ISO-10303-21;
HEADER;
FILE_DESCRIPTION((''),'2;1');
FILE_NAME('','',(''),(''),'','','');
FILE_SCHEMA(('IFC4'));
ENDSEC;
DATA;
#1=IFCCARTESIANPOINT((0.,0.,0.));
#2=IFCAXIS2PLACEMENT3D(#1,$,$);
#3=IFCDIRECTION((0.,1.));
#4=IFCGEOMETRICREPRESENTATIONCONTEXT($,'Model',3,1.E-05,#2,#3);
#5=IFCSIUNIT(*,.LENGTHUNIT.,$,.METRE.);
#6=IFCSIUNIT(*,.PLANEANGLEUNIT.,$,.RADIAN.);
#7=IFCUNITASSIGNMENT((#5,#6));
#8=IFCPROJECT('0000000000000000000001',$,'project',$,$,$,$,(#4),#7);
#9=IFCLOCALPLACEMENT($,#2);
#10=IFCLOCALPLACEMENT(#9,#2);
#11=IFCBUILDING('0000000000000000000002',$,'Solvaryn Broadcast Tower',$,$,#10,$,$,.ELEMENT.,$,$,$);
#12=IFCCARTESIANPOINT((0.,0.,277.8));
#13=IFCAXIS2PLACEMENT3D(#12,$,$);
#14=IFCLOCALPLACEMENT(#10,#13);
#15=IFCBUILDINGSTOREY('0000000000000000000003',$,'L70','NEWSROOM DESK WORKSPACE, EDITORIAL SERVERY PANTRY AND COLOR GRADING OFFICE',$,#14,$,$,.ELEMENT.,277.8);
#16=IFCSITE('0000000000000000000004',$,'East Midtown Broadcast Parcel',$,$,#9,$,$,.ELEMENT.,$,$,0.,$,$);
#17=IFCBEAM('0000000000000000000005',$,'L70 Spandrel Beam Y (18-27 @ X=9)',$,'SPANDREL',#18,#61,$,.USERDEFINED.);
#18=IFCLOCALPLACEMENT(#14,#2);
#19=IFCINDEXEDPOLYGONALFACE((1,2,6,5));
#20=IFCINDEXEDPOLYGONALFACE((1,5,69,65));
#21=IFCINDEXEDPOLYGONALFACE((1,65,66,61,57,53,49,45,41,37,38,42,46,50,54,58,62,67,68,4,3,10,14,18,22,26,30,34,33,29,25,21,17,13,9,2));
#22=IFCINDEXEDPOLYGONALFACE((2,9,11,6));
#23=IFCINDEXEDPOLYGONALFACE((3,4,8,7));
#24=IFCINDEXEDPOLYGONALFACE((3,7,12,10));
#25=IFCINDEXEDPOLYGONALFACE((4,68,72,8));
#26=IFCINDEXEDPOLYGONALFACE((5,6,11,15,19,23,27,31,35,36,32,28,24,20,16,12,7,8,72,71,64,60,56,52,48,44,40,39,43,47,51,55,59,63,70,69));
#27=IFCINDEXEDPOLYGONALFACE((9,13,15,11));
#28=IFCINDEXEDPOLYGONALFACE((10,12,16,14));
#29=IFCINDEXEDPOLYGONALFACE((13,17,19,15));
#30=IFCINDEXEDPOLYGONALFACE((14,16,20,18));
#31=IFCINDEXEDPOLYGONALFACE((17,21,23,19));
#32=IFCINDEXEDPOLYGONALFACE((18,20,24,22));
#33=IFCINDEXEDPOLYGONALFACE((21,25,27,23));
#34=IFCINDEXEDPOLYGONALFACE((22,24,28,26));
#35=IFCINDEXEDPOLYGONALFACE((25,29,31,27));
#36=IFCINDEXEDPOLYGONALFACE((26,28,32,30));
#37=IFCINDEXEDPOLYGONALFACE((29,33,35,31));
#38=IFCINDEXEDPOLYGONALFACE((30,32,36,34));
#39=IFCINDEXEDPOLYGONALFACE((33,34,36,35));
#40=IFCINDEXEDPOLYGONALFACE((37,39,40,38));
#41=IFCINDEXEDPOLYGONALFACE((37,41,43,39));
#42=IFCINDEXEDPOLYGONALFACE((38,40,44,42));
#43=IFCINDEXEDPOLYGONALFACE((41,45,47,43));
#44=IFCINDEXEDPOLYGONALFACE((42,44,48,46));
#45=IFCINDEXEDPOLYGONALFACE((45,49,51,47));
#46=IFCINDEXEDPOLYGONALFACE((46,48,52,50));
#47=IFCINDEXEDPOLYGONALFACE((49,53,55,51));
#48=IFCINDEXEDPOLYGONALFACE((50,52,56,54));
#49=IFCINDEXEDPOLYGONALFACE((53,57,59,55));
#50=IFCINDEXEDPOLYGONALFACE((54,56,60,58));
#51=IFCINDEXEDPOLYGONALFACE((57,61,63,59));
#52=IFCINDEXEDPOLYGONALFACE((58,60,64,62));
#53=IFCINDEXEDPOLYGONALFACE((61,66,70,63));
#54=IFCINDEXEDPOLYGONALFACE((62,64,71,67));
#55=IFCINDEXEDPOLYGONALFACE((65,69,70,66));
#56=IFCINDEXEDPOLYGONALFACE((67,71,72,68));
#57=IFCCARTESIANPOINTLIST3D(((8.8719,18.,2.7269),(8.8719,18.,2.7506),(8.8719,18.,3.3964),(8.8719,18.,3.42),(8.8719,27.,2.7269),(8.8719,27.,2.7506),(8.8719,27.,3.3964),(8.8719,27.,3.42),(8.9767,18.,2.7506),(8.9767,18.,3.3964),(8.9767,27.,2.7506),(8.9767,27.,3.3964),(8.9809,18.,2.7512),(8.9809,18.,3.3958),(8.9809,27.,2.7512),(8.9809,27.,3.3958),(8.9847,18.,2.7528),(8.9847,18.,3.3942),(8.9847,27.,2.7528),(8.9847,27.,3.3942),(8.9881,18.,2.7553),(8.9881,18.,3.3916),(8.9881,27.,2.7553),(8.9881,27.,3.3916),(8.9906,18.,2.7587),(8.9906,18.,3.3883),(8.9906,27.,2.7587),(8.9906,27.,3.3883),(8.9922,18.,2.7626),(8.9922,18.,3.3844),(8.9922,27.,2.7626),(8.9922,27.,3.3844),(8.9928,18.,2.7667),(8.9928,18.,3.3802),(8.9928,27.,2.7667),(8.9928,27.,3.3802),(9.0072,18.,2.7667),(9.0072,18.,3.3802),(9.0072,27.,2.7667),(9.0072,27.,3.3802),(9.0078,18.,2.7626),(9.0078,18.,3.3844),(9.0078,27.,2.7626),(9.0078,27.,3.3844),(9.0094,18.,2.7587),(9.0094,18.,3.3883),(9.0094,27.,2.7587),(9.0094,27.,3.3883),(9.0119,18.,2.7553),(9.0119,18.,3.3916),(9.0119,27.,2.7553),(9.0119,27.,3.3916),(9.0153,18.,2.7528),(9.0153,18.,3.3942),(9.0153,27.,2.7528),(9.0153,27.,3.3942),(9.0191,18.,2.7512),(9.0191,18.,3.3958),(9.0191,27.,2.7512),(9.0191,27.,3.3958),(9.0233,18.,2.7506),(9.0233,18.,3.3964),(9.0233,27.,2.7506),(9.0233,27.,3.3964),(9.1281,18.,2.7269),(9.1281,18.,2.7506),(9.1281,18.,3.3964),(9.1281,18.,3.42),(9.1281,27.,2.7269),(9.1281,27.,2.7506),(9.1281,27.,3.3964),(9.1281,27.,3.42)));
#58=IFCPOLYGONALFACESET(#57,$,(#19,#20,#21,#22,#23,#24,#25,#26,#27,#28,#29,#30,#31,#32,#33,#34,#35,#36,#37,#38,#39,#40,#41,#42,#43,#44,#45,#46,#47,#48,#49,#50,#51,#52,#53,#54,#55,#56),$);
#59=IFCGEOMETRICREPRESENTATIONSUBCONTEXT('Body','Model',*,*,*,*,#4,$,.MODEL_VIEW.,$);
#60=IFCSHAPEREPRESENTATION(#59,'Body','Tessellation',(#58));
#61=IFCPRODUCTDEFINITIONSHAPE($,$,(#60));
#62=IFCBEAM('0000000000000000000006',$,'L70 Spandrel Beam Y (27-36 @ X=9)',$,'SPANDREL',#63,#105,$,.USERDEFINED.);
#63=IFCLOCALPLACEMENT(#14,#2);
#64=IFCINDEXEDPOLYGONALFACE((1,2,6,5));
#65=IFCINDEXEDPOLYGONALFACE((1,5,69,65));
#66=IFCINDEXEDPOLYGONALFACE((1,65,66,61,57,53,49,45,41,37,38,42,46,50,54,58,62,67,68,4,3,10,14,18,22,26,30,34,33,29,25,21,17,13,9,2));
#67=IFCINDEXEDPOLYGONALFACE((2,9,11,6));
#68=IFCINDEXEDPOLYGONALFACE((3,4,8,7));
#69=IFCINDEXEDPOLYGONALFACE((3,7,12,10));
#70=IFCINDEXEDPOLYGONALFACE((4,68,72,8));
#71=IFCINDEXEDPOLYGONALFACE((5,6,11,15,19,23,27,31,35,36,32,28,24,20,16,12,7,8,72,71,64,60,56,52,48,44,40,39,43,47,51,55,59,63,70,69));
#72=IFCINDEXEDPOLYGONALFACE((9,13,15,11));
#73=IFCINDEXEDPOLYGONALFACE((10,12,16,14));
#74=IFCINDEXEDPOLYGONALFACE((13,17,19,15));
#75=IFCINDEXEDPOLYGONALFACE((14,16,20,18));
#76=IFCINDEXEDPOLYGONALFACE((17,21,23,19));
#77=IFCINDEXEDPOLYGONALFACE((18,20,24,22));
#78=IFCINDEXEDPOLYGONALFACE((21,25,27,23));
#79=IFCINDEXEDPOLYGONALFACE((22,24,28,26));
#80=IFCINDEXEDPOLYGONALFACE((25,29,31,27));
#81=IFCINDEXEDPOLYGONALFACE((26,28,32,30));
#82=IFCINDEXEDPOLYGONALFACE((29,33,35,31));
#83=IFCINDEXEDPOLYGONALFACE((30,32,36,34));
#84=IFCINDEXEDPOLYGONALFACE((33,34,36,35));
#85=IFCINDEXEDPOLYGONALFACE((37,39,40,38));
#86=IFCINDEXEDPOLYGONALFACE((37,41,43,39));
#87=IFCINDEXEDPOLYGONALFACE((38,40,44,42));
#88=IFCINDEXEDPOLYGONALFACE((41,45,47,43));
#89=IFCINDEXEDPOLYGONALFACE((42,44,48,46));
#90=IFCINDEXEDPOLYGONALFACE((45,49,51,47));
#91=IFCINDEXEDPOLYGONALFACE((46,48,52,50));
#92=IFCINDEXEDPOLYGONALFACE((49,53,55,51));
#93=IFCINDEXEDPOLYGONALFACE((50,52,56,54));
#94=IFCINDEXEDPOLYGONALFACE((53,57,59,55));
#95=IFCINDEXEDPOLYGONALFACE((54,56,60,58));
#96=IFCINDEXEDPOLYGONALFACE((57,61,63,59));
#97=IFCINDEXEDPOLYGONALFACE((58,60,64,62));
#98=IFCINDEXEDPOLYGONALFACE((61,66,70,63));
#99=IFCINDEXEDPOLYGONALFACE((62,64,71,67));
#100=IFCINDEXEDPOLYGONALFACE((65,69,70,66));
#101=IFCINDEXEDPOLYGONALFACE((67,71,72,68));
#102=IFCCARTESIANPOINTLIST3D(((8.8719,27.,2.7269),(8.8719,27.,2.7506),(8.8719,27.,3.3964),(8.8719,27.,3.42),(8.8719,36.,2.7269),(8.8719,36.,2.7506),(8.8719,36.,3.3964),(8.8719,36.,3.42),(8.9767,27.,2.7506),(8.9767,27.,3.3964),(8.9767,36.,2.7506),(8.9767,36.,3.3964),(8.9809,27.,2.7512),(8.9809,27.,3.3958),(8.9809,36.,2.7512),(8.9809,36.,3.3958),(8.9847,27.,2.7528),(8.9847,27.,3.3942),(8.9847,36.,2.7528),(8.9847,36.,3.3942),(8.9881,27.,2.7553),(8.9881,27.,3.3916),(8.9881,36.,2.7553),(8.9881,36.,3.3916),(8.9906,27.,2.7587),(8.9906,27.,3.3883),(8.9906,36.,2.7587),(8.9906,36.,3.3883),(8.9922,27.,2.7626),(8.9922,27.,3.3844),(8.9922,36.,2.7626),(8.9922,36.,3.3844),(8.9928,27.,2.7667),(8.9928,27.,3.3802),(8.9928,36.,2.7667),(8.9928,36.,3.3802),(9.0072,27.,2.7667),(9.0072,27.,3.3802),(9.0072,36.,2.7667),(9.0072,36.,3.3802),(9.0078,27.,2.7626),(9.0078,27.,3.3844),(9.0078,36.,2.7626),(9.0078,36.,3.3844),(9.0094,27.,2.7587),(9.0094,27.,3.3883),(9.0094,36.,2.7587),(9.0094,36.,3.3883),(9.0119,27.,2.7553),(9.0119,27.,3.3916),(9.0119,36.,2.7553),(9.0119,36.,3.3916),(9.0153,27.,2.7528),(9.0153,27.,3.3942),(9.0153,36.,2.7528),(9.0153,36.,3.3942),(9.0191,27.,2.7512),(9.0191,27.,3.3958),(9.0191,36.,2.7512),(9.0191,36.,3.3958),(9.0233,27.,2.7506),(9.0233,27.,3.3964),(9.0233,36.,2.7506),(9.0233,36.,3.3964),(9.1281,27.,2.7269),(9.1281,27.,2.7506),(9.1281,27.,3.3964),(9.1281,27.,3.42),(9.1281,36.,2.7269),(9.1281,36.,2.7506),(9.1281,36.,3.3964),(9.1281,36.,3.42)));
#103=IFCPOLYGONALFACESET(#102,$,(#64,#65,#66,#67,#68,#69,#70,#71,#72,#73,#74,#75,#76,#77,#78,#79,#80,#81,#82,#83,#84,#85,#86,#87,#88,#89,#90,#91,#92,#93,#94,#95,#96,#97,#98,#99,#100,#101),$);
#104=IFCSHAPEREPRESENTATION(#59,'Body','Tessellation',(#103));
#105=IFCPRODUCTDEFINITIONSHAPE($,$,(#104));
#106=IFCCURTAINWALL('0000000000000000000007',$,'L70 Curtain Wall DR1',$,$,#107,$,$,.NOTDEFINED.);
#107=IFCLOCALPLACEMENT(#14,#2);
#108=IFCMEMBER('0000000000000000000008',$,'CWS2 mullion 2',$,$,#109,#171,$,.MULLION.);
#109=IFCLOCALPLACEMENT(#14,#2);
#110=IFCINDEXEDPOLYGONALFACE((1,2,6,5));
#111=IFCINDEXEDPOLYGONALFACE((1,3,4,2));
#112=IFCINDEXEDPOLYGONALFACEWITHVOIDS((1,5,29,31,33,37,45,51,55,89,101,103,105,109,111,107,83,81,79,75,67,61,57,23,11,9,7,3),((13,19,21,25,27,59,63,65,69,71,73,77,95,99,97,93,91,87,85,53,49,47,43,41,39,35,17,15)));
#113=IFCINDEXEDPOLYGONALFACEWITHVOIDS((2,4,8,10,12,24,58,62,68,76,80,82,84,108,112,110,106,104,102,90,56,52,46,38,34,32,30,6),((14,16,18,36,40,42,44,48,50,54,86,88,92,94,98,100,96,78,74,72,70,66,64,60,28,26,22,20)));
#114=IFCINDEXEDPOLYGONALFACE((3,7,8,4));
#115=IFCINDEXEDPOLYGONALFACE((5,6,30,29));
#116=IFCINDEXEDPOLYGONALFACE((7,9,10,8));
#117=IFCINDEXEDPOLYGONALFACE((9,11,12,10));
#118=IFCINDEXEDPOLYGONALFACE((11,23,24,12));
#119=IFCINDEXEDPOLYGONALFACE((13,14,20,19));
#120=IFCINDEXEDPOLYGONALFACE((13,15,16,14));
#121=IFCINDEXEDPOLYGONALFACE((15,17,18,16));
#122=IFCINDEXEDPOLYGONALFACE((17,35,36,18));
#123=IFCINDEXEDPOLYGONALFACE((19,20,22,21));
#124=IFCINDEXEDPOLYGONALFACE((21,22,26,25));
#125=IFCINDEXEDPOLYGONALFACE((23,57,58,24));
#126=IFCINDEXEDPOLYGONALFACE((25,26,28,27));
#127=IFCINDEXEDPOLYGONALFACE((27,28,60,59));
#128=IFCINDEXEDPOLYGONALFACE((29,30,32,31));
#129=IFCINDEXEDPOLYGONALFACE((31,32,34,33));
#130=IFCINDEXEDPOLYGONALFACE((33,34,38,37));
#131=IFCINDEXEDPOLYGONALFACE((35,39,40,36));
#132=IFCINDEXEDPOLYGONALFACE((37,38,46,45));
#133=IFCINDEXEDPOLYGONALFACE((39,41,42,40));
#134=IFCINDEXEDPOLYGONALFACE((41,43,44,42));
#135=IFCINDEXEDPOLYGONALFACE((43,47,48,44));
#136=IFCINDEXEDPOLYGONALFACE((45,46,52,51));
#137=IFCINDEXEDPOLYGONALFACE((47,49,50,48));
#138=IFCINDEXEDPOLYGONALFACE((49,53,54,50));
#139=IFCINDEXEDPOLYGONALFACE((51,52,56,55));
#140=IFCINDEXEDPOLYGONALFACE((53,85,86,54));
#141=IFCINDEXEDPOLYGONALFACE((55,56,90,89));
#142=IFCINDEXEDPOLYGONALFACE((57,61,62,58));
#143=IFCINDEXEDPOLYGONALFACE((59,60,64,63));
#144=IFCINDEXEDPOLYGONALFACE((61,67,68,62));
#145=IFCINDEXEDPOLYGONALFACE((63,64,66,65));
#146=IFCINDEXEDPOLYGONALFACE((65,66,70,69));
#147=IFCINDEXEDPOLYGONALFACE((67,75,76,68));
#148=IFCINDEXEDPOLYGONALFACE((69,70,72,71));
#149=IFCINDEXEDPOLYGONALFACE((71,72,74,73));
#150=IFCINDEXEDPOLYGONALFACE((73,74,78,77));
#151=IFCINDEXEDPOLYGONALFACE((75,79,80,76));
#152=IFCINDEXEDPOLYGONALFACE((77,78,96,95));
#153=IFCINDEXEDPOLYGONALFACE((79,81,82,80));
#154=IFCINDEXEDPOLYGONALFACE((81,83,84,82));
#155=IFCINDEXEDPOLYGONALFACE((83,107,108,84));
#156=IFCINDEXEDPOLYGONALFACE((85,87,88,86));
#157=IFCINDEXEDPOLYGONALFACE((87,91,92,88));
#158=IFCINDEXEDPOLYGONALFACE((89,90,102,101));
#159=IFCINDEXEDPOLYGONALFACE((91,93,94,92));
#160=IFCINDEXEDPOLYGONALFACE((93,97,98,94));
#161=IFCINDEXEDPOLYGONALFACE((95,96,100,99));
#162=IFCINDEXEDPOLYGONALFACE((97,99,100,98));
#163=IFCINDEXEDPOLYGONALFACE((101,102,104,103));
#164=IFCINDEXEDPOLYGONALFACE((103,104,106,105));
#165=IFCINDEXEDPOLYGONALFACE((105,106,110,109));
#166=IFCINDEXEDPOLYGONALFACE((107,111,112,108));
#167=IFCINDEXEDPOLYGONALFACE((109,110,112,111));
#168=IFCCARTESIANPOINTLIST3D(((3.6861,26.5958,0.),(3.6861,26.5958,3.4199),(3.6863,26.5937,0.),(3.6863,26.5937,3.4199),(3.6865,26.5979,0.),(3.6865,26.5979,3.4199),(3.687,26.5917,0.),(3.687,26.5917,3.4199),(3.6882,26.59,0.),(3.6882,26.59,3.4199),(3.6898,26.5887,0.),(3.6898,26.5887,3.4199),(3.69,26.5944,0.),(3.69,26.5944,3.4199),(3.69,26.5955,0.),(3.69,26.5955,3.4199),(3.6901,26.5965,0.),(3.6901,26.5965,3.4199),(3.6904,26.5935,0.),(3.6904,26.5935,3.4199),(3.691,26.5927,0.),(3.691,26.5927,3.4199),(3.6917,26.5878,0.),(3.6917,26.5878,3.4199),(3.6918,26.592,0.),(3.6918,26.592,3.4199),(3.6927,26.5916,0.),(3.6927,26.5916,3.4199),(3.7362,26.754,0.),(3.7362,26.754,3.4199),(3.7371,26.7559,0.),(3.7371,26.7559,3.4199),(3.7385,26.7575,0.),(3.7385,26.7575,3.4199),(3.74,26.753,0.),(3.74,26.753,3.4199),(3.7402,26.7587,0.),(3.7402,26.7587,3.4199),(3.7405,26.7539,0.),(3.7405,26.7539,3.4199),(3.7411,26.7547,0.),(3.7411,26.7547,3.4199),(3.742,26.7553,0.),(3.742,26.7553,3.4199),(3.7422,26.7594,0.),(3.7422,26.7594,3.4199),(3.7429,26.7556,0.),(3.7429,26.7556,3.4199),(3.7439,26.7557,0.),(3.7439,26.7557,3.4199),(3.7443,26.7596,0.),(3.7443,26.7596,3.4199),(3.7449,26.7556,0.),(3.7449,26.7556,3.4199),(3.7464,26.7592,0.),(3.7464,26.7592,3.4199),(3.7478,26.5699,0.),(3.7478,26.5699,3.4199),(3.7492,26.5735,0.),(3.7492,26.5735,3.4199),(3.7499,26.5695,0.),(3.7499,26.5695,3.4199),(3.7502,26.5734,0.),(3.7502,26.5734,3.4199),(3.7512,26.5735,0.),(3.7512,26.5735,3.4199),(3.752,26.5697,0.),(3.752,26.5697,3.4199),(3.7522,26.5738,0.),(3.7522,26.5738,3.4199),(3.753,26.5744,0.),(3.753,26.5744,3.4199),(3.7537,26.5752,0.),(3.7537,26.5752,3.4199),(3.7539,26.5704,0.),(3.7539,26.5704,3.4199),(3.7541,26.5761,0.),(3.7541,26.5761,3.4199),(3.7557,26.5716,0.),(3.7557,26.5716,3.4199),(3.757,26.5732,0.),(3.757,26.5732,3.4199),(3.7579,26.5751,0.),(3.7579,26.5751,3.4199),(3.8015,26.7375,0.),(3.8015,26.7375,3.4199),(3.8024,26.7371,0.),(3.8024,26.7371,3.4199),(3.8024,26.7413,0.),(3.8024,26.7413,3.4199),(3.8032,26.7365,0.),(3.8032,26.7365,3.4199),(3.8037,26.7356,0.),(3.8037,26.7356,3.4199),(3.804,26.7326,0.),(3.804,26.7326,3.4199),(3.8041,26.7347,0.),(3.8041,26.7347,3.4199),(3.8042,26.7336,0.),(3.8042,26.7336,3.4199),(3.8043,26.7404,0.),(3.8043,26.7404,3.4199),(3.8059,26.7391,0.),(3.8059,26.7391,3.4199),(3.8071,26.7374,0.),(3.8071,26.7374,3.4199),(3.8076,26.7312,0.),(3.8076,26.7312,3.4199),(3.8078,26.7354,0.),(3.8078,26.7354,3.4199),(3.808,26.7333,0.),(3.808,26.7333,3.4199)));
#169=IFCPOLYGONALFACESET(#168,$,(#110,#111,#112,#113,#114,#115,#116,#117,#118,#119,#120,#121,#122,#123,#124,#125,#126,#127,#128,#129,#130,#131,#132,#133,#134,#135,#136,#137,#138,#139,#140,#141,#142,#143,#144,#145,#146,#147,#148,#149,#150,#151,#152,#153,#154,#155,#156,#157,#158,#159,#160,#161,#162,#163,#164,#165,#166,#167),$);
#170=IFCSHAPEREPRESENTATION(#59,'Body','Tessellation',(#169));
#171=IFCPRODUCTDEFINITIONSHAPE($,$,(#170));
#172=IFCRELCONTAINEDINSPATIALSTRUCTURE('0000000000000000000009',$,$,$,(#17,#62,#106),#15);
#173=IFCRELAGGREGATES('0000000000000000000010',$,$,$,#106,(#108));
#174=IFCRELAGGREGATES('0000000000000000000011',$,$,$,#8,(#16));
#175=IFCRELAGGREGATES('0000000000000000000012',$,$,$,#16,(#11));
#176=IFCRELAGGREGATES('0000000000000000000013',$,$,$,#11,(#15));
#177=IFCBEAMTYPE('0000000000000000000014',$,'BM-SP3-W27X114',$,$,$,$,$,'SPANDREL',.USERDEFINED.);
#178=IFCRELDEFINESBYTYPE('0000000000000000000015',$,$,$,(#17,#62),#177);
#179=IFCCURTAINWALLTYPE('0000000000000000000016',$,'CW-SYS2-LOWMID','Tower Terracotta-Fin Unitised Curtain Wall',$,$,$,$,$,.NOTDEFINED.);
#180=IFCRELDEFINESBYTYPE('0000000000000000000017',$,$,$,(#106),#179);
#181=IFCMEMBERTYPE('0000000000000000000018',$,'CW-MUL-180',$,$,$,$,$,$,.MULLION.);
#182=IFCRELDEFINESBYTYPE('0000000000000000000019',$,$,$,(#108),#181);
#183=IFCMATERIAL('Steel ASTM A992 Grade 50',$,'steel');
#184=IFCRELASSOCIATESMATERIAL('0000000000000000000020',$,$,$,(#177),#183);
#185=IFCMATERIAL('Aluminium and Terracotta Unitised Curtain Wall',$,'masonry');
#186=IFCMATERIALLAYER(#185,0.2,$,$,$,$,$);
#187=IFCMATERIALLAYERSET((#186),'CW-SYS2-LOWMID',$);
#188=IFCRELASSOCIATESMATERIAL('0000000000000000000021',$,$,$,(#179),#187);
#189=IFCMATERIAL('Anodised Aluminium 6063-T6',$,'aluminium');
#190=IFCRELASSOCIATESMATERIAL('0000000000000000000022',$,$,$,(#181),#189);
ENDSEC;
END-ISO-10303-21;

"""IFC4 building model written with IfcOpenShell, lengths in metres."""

from ifc_helpers import new_model, si_unit, direction, frame, origin, origin_2d, place, context, subcontext, project, spatial, hollow_rectangle, i_section, extrude, material, layer, layer_set, material_profile, profile_set, type_object, element, aggregate, save


model = new_model("IFC4")

# Units and contexts
model_context = context("Model", 3, precision=1e-05, world=origin(), true_north=direction((0.0, 1.0)))
body_context = subcontext(model_context, "Body", "Model", "MODEL_VIEW")
ifc_project = project(units=[si_unit("LENGTHUNIT", "METRE"), si_unit("PLANEANGLEUNIT", "RADIAN")], contexts=[model_context])

# Site, building, storey
site_placement = place(None, origin())
site = spatial("IfcSite", under=ifc_project, at=site_placement, Name="East Midtown Broadcast Parcel", CompositionType="ELEMENT", RefElevation=0.0)
building_placement = place(site_placement, origin())
building = spatial("IfcBuilding", under=site, at=building_placement, Name="Solvaryn Broadcast Tower", CompositionType="ELEMENT")
storey_placement = place(building_placement, frame((0.0, 0.0, 277.8)))
storey = spatial("IfcBuildingStorey", under=building, at=storey_placement, Name="L70", Description="NEWSROOM DESK WORKSPACE, EDITORIAL SERVERY PANTRY AND COLOR GRADING OFFICE", CompositionType="ELEMENT", Elevation=277.8)

# Beams
ifc_material_1 = material(Name="Steel ASTM A992 Grade 50", Category="steel")
ifc_material_profile_1 = material_profile(ifc_material_1, i_section(OverallWidth=0.2561, OverallDepth=0.6931, WebThickness=0.0144, FlangeThickness=0.0237, FilletRadius=0.0161, at=origin_2d()))
ifc_profile_set_1 = profile_set([ifc_material_profile_1], Name="Steel ASTM A992 Grade 50")
beam_type_1 = type_object("IfcBeamType", Name="BM-SP3-W27X114", ElementType="SPANDREL", PredefinedType="USERDEFINED", material=ifc_profile_set_1)
for number, where, z_axis, x_axis, name in (
    (1, (9.0, 18.0, 3.0735), (0.0, 1.0, 0.0), (-1.0, 0.0, 0.0), "L70 Spandrel Beam Y (18-27 @ X=9)"),
    (2, (9.0, 27.0, 3.0735), (0.0, 1.0, 0.0), (-1.0, 0.0, 0.0), "L70 Spandrel Beam Y (27-36 @ X=9)"),
):
    element("IfcBeam", number, at=place(storey_placement, frame(where, z_axis=z_axis, x_axis=x_axis)), inside=storey, type_object=beam_type_1, Name=name, ObjectType="SPANDREL", PredefinedType="USERDEFINED", context=body_context, shape_type="SweptSolid", body=[
        extrude(i_section(OverallWidth=0.2561, OverallDepth=0.6931, WebThickness=0.0144, FlangeThickness=0.0237, FilletRadius=0.0161, at=origin_2d()), origin(), (0.0, 0.0, 1.0), 9.0),
    ])

# Curtain wall, member
ifc_material_2 = material(Name="Aluminium and Terracotta Unitised Curtain Wall", Category="masonry")
ifc_layer_1 = layer(ifc_material_2, 0.2)
ifc_layer_set_1 = layer_set([ifc_layer_1], Name="CW-SYS2-LOWMID")
curtain_wall_type_1 = type_object("IfcCurtainWallType", Name="CW-SYS2-LOWMID", Description="Tower Terracotta-Fin Unitised Curtain Wall", PredefinedType="NOTDEFINED", material=ifc_layer_set_1)
curtain_wall_1_placement = place(storey_placement, origin())
curtain_wall_1 = element("IfcCurtainWall", 3, at=curtain_wall_1_placement, inside=storey, type_object=curtain_wall_type_1, Name="L70 Curtain Wall DR1", PredefinedType="NOTDEFINED")
ifc_material_3 = material(Name="Anodised Aluminium 6063-T6", Category="aluminium")
ifc_material_profile_2 = material_profile(ifc_material_3, hollow_rectangle(XDim=0.075, YDim=0.1799, WallThickness=0.0039, InnerFilletRadius=0.0039, OuterFilletRadius=0.0081, at=origin_2d()))
ifc_profile_set_2 = profile_set([ifc_material_profile_2], Name="Anodised Aluminium 6063-T6")
member_type_1 = type_object("IfcMemberType", Name="CW-MUL-180", PredefinedType="MULLION", material=ifc_profile_set_2)
member_1_placement = place(storey_placement, frame((3.7471, 26.6646, 0.0), z_axis=(0.0, 0.0, 1.0), x_axis=(0.952795, -0.303616, 0.0)))
member_1 = element("IfcMember", 4, at=member_1_placement, type_object=member_type_1, Name="CWS2 mullion 2", PredefinedType="MULLION", context=body_context, shape_type="SweptSolid", body=[
    extrude(hollow_rectangle(XDim=0.075, YDim=0.1799, WallThickness=0.0039, InnerFilletRadius=0.0039, OuterFilletRadius=0.0081, at=origin_2d()), origin(), (0.0, 0.0, 1.0), 3.4199),
])
aggregate(curtain_wall_1, [member_1])

save(model, "model.ifc")
